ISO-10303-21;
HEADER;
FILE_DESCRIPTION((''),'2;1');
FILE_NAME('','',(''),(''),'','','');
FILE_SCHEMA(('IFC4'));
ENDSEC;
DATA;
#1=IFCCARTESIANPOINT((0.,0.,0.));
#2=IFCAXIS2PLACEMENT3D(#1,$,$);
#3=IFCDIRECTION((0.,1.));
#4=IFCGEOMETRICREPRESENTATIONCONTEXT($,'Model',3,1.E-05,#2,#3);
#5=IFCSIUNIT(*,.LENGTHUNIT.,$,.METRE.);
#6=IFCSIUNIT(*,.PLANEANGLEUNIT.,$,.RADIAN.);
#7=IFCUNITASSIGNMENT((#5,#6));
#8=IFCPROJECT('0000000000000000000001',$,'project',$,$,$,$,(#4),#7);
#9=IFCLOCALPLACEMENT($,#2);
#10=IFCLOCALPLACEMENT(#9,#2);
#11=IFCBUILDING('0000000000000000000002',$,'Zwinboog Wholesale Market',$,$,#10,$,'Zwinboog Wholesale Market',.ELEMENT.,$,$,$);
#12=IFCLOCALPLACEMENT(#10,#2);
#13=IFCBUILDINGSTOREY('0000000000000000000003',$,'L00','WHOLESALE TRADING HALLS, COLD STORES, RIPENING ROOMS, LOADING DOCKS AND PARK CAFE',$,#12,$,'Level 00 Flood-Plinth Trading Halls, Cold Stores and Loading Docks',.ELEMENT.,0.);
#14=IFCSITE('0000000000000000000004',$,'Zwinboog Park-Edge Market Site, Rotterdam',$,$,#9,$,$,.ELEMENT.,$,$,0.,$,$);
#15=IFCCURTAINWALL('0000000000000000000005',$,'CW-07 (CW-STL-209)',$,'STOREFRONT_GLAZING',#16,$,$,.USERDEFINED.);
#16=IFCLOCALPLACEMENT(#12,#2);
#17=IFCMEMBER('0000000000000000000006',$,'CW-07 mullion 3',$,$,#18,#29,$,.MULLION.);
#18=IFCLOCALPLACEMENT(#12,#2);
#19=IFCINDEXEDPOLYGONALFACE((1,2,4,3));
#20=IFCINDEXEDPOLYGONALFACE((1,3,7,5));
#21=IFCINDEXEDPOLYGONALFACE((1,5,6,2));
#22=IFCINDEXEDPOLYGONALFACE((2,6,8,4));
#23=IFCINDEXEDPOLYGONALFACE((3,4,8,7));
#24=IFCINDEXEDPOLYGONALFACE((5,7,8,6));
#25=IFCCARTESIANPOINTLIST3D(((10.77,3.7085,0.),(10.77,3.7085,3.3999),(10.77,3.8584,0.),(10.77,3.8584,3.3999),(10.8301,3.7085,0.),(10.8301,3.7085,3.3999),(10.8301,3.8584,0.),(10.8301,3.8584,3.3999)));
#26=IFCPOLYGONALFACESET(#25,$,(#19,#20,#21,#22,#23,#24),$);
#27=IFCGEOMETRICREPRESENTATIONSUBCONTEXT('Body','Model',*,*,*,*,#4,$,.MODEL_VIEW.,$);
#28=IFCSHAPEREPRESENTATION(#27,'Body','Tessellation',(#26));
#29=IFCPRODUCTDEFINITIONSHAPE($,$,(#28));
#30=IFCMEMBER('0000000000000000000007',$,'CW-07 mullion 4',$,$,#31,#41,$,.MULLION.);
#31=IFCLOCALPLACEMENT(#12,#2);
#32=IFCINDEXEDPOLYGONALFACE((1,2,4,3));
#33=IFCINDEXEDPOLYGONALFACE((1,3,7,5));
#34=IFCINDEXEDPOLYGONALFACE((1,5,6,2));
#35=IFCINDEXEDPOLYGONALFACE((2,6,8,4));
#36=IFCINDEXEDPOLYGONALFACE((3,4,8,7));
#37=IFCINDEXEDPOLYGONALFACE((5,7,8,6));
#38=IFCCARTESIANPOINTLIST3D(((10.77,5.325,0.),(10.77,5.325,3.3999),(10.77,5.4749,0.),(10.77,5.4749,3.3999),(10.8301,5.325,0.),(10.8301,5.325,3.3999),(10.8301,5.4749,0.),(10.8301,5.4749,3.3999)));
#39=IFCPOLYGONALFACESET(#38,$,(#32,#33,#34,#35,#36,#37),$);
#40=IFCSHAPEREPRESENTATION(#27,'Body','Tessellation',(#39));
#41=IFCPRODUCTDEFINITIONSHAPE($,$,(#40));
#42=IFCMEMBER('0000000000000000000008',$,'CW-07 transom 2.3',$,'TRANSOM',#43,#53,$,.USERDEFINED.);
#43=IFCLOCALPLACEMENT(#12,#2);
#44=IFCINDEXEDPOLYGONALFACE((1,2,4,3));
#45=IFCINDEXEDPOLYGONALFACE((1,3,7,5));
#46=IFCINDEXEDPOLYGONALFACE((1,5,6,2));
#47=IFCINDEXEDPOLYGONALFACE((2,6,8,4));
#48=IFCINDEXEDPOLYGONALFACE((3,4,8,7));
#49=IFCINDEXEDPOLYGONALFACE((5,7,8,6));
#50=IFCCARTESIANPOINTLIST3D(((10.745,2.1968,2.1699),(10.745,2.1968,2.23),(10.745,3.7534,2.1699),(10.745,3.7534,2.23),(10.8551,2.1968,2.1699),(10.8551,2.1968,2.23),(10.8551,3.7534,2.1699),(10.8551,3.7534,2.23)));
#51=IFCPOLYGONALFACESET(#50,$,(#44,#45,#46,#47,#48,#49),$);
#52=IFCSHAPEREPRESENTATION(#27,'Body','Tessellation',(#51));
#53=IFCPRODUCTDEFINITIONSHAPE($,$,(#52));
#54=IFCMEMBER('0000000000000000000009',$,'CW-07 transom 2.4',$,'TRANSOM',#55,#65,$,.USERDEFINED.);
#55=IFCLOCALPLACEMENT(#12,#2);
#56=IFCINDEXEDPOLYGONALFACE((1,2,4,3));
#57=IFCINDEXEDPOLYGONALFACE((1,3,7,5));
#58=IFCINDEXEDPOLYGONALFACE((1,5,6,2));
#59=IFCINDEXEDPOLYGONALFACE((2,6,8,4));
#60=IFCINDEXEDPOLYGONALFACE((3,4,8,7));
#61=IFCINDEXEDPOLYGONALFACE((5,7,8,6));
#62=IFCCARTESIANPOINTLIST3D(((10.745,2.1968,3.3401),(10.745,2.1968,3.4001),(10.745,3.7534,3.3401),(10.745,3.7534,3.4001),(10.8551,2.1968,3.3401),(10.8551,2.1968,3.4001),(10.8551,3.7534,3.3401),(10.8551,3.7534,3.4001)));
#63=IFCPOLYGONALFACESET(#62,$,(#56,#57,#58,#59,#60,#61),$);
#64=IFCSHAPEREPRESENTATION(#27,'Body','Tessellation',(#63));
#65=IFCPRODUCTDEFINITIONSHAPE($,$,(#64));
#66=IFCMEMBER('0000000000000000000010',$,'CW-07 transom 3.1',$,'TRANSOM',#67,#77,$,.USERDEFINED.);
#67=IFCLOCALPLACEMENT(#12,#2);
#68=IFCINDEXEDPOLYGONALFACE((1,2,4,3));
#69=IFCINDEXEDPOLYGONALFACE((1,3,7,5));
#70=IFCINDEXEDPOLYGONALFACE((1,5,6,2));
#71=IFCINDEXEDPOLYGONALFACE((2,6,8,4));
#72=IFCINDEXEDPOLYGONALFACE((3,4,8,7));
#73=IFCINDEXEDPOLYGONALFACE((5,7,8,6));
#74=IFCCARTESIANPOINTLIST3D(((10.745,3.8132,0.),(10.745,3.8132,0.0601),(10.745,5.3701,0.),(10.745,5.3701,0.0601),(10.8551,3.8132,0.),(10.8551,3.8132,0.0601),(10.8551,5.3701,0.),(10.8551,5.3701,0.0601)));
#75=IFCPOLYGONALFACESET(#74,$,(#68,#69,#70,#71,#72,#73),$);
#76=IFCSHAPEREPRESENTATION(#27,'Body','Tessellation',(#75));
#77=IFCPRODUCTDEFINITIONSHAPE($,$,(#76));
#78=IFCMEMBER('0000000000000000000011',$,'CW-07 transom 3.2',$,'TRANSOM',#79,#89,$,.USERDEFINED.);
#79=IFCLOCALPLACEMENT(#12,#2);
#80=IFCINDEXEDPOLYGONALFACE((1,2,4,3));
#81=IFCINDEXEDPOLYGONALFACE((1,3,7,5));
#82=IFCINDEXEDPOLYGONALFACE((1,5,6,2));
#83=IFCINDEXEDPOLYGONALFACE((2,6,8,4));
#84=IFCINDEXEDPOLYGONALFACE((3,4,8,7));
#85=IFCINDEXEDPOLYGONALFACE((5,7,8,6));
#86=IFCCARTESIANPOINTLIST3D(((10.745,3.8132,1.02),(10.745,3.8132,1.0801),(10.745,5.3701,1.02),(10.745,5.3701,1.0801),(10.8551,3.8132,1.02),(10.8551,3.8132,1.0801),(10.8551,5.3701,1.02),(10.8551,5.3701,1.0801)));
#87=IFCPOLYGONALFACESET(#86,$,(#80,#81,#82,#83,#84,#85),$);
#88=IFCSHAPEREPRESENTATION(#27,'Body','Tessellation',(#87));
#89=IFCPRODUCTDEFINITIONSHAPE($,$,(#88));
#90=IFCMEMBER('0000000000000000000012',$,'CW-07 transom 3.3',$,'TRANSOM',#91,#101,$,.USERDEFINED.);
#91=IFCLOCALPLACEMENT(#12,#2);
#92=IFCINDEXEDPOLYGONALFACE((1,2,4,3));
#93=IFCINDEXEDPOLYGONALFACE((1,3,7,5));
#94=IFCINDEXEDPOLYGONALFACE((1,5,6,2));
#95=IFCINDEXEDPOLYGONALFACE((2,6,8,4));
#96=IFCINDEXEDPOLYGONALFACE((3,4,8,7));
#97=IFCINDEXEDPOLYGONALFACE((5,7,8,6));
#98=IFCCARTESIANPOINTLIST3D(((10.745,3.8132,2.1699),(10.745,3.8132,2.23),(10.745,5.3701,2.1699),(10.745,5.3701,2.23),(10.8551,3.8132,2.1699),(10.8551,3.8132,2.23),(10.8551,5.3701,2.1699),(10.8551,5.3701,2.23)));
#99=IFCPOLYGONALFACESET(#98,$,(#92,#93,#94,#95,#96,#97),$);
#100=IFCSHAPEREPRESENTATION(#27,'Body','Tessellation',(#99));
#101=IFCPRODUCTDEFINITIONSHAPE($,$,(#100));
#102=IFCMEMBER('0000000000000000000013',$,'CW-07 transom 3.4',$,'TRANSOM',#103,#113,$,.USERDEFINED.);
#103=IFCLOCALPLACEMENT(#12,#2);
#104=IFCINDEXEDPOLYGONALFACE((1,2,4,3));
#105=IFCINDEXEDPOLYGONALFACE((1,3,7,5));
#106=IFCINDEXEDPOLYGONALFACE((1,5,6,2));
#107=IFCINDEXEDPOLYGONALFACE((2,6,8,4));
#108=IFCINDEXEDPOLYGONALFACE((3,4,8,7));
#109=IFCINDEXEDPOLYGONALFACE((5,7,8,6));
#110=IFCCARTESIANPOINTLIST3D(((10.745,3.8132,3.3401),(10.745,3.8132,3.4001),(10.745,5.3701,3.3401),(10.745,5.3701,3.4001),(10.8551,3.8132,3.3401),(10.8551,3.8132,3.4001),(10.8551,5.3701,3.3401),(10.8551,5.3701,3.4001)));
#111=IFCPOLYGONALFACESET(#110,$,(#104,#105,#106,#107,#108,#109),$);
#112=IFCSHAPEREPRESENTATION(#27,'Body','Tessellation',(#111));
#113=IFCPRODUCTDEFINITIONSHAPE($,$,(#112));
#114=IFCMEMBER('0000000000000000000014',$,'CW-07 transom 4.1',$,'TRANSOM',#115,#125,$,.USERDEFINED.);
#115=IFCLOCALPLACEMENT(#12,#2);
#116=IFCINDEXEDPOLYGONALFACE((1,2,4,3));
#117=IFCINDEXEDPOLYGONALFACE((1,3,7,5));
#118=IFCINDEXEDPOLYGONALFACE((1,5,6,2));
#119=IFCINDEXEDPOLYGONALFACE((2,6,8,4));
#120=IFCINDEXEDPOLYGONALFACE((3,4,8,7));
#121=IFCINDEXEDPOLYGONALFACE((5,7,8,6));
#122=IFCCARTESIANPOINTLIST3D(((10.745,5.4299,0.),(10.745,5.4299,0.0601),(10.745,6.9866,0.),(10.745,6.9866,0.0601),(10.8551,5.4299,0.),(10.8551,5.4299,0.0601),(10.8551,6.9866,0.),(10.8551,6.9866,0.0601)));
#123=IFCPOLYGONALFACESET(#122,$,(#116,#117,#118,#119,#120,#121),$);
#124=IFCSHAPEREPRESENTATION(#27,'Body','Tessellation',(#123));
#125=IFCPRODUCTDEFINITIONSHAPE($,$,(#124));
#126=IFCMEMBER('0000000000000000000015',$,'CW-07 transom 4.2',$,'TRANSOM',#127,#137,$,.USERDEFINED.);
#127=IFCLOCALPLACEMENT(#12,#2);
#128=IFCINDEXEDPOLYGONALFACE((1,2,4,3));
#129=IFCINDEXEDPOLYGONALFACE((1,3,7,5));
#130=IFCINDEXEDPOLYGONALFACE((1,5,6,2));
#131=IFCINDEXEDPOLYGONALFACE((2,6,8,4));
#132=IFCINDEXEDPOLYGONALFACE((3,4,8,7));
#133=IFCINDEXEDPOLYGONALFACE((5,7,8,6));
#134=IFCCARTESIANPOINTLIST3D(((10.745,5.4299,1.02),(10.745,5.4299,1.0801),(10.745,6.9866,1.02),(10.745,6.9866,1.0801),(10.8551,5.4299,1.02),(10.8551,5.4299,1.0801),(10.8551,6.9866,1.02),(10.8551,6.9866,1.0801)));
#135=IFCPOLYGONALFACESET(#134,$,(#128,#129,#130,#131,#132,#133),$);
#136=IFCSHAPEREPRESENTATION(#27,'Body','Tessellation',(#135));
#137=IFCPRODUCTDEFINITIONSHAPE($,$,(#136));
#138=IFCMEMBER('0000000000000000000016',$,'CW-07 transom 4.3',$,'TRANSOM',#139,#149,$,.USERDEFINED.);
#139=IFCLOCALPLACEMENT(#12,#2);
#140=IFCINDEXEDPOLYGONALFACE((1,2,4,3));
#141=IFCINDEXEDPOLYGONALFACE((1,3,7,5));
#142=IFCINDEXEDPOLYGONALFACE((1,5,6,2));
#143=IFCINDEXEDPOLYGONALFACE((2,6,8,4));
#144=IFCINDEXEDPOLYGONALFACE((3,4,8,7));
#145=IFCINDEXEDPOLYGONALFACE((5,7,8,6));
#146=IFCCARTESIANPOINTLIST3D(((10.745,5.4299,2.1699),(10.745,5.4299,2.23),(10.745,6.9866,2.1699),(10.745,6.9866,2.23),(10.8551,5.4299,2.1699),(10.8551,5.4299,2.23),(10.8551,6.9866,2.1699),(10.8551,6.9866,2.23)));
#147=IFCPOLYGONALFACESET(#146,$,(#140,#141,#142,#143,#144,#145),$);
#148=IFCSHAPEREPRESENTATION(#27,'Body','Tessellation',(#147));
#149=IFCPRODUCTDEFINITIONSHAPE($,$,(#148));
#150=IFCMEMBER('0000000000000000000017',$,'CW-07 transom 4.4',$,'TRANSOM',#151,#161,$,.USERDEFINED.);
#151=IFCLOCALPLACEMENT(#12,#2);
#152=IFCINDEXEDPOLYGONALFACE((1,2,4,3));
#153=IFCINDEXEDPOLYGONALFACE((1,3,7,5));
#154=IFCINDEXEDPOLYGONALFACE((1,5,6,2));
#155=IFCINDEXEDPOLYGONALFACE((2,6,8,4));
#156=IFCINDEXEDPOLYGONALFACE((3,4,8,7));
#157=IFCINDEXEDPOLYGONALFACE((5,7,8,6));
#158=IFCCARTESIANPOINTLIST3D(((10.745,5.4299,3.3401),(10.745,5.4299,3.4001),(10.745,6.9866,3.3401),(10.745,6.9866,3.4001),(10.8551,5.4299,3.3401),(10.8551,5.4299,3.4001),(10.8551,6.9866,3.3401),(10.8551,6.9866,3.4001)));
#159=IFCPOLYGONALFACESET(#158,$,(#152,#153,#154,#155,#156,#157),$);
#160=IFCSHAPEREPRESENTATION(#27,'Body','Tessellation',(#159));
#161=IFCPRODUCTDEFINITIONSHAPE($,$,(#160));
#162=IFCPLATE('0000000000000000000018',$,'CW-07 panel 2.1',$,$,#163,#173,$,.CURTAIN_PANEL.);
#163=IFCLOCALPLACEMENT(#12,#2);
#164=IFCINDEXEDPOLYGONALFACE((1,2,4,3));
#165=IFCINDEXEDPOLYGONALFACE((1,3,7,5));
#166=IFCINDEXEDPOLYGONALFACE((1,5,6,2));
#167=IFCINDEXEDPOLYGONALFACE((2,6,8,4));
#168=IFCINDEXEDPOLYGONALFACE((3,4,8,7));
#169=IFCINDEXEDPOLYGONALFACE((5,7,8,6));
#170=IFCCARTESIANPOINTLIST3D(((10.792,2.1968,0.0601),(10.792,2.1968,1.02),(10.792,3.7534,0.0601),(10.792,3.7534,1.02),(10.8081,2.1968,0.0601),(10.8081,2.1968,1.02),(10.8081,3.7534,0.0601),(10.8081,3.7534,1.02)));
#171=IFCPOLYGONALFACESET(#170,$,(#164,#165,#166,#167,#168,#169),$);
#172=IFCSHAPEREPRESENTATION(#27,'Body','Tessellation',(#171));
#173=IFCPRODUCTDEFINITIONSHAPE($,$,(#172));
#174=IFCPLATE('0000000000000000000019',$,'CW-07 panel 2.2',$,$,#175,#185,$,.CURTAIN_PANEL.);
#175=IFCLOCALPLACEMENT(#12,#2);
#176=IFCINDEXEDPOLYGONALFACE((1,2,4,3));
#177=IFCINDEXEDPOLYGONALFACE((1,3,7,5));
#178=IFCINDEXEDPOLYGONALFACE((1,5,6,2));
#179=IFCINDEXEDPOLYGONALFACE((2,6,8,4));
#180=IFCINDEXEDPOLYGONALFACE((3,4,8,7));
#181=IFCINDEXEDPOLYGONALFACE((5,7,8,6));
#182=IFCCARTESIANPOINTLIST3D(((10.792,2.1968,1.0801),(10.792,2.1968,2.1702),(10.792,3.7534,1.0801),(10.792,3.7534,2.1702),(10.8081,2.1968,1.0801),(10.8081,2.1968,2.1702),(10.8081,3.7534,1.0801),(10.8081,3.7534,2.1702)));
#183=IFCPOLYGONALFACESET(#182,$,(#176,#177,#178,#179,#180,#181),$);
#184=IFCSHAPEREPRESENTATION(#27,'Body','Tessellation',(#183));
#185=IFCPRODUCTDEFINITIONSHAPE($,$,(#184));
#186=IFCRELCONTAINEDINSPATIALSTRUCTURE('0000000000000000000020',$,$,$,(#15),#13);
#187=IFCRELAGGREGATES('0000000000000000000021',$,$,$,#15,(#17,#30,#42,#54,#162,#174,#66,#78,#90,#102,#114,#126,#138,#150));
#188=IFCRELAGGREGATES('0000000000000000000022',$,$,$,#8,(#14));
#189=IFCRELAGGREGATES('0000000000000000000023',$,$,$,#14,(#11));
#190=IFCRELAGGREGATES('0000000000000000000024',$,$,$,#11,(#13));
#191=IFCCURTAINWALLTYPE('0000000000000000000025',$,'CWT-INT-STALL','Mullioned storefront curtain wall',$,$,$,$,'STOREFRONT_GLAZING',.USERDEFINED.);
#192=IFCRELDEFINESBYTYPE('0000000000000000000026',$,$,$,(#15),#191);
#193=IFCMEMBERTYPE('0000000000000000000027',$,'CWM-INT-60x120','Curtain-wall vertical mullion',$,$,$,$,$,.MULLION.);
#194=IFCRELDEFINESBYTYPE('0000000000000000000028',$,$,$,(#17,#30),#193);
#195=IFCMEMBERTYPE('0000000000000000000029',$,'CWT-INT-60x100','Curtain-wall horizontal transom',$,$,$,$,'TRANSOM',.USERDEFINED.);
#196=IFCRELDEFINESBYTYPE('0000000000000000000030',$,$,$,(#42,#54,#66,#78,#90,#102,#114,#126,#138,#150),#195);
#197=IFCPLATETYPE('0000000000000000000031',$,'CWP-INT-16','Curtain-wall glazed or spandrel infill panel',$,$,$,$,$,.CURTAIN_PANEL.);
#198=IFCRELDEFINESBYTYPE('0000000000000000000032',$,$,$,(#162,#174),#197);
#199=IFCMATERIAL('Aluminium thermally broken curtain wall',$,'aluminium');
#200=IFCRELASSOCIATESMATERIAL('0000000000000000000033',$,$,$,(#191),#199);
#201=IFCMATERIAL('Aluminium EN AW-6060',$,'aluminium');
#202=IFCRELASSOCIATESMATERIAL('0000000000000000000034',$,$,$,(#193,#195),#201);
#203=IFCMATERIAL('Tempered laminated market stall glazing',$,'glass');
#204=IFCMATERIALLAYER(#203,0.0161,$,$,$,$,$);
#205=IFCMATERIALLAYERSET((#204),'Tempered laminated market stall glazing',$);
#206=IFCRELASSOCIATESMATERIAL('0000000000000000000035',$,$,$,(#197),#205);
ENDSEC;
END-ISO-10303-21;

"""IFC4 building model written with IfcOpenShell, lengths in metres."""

from ifc_helpers import new_model, si_unit, direction, frame, origin, origin_2d, place, context, subcontext, project, spatial, rectangle, extrude, material, layer, layer_set, material_profile, profile_set, type_object, element, aggregate, save


model = new_model("IFC4")

# Units and contexts
model_context = context("Model", 3, precision=1e-05, world=origin(), true_north=direction((0.0, 1.0)))
body_context = subcontext(model_context, "Body", "Model", "MODEL_VIEW")
ifc_project = project(units=[si_unit("LENGTHUNIT", "METRE"), si_unit("PLANEANGLEUNIT", "RADIAN")], contexts=[model_context])

# Site, building, storey
site_placement = place(None, origin())
site = spatial("IfcSite", under=ifc_project, at=site_placement, Name="Zwinboog Park-Edge Market Site, Rotterdam", CompositionType="ELEMENT", RefElevation=0.0)
building_placement = place(site_placement, origin())
building = spatial("IfcBuilding", under=site, at=building_placement, Name="Zwinboog Wholesale Market", LongName="Zwinboog Wholesale Market", CompositionType="ELEMENT")
storey_placement = place(building_placement, origin())
storey = spatial("IfcBuildingStorey", under=building, at=storey_placement, Name="L00", Description="WHOLESALE TRADING HALLS, COLD STORES, RIPENING ROOMS, LOADING DOCKS AND PARK CAFE", LongName="Level 00 Flood-Plinth Trading Halls, Cold Stores and Loading Docks", CompositionType="ELEMENT", Elevation=0.0)

# Curtain wall, members, plates
ifc_material_1 = material(Name="Aluminium thermally broken curtain wall", Category="aluminium")
curtain_wall_type = type_object("IfcCurtainWallType", Name="CWT-INT-STALL", Description="Mullioned storefront curtain wall", ElementType="STOREFRONT_GLAZING", PredefinedType="USERDEFINED", material=ifc_material_1)
curtain_wall_placement = place(storey_placement, origin())
curtain_wall = element("IfcCurtainWall", 1, at=curtain_wall_placement, inside=storey, type_object=curtain_wall_type, Name="CW-07 (CW-STL-209)", ObjectType="STOREFRONT_GLAZING", PredefinedType="USERDEFINED")
ifc_material_2 = material(Name="Aluminium EN AW-6060", Category="aluminium")
ifc_material_profile_1 = material_profile(ifc_material_2, rectangle(XDim=0.0601, YDim=0.1499, at=origin_2d()), Name="AL 60x150")
ifc_profile_set_1 = profile_set([ifc_material_profile_1], Name="Aluminium EN AW-6060")
member_type_1 = type_object("IfcMemberType", Name="CWM-INT-60x120", Description="Curtain-wall vertical mullion", PredefinedType="MULLION", material=ifc_profile_set_1)
member_1_placement = place(storey_placement, frame((10.8, 3.7834, 0.0), z_axis=(0.0, 0.0, 1.0), x_axis=(-1.0, 0.0, 0.0)))
member_1 = element("IfcMember", 2, at=member_1_placement, type_object=member_type_1, Name="CW-07 mullion 3", PredefinedType="MULLION", context=body_context, shape_type="SweptSolid", body=[
    extrude(rectangle(XDim=0.0601, YDim=0.1499, at=origin_2d()), origin(), (0.0, 0.0, 1.0), 3.3999),
])
member_2_placement = place(storey_placement, frame((10.8, 5.3999, 0.0), z_axis=(0.0, 0.0, 1.0), x_axis=(-1.0, 0.0, 0.0)))
member_2 = element("IfcMember", 3, at=member_2_placement, type_object=member_type_1, Name="CW-07 mullion 4", PredefinedType="MULLION", context=body_context, shape_type="SweptSolid", body=[
    extrude(rectangle(XDim=0.0601, YDim=0.1499, at=origin_2d()), origin(), (0.0, 0.0, 1.0), 3.3999),
])
ifc_material_profile_2 = material_profile(ifc_material_2, rectangle(XDim=0.1101, YDim=0.0601, at=origin_2d()), Name="AL 60x110")
ifc_profile_set_2 = profile_set([ifc_material_profile_2], Name="Aluminium EN AW-6060")
member_type_2 = type_object("IfcMemberType", Name="CWT-INT-60x100", Description="Curtain-wall horizontal transom", ElementType="TRANSOM", PredefinedType="USERDEFINED", material=ifc_profile_set_2)
member_3_placement = place(storey_placement, frame((10.8, 2.1968, 2.2), z_axis=(0.0, 1.0, 0.0), x_axis=(-1.0, 0.0, 0.0)))
member_3 = element("IfcMember", 4, at=member_3_placement, type_object=member_type_2, Name="CW-07 transom 2.3", ObjectType="TRANSOM", PredefinedType="USERDEFINED", context=body_context, shape_type="SweptSolid", body=[
    extrude(rectangle(XDim=0.1101, YDim=0.0601, at=origin_2d()), origin(), (0.0, 0.0, 1.0), 1.5566),
])
member_4_placement = place(storey_placement, frame((10.8, 2.1968, 3.3701), z_axis=(0.0, 1.0, 0.0), x_axis=(-1.0, 0.0, 0.0)))
member_4 = element("IfcMember", 5, at=member_4_placement, type_object=member_type_2, Name="CW-07 transom 2.4", ObjectType="TRANSOM", PredefinedType="USERDEFINED", context=body_context, shape_type="SweptSolid", body=[
    extrude(rectangle(XDim=0.1101, YDim=0.0601, at=origin_2d()), origin(), (0.0, 0.0, 1.0), 1.5566),
])
member_5_placement = place(storey_placement, frame((10.8, 3.8132, 0.03), z_axis=(0.0, 1.0, 0.0), x_axis=(-1.0, 0.0, 0.0)))
member_5 = element("IfcMember", 6, at=member_5_placement, type_object=member_type_2, Name="CW-07 transom 3.1", ObjectType="TRANSOM", PredefinedType="USERDEFINED", context=body_context, shape_type="SweptSolid", body=[
    extrude(rectangle(XDim=0.1101, YDim=0.0601, at=origin_2d()), origin(), (0.0, 0.0, 1.0), 1.5569),
])
member_6_placement = place(storey_placement, frame((10.8, 3.8132, 1.05), z_axis=(0.0, 1.0, 0.0), x_axis=(-1.0, 0.0, 0.0)))
member_6 = element("IfcMember", 7, at=member_6_placement, type_object=member_type_2, Name="CW-07 transom 3.2", ObjectType="TRANSOM", PredefinedType="USERDEFINED", context=body_context, shape_type="SweptSolid", body=[
    extrude(rectangle(XDim=0.1101, YDim=0.0601, at=origin_2d()), origin(), (0.0, 0.0, 1.0), 1.5569),
])
member_7_placement = place(storey_placement, frame((10.8, 3.8132, 2.2), z_axis=(0.0, 1.0, 0.0), x_axis=(-1.0, 0.0, 0.0)))
member_7 = element("IfcMember", 8, at=member_7_placement, type_object=member_type_2, Name="CW-07 transom 3.3", ObjectType="TRANSOM", PredefinedType="USERDEFINED", context=body_context, shape_type="SweptSolid", body=[
    extrude(rectangle(XDim=0.1101, YDim=0.0601, at=origin_2d()), origin(), (0.0, 0.0, 1.0), 1.5569),
])
member_8_placement = place(storey_placement, frame((10.8, 3.8132, 3.3701), z_axis=(0.0, 1.0, 0.0), x_axis=(-1.0, 0.0, 0.0)))
member_8 = element("IfcMember", 9, at=member_8_placement, type_object=member_type_2, Name="CW-07 transom 3.4", ObjectType="TRANSOM", PredefinedType="USERDEFINED", context=body_context, shape_type="SweptSolid", body=[
    extrude(rectangle(XDim=0.1101, YDim=0.0601, at=origin_2d()), origin(), (0.0, 0.0, 1.0), 1.5569),
])
member_9_placement = place(storey_placement, frame((10.8, 5.4299, 0.03), z_axis=(0.0, 1.0, 0.0), x_axis=(-1.0, 0.0, 0.0)))
member_9 = element("IfcMember", 10, at=member_9_placement, type_object=member_type_2, Name="CW-07 transom 4.1", ObjectType="TRANSOM", PredefinedType="USERDEFINED", context=body_context, shape_type="SweptSolid", body=[
    extrude(rectangle(XDim=0.1101, YDim=0.0601, at=origin_2d()), origin(), (0.0, 0.0, 1.0), 1.5566),
])
member_10_placement = place(storey_placement, frame((10.8, 5.4299, 1.05), z_axis=(0.0, 1.0, 0.0), x_axis=(-1.0, 0.0, 0.0)))
member_10 = element("IfcMember", 11, at=member_10_placement, type_object=member_type_2, Name="CW-07 transom 4.2", ObjectType="TRANSOM", PredefinedType="USERDEFINED", context=body_context, shape_type="SweptSolid", body=[
    extrude(rectangle(XDim=0.1101, YDim=0.0601, at=origin_2d()), origin(), (0.0, 0.0, 1.0), 1.5566),
])
member_11_placement = place(storey_placement, frame((10.8, 5.4299, 2.2), z_axis=(0.0, 1.0, 0.0), x_axis=(-1.0, 0.0, 0.0)))
member_11 = element("IfcMember", 12, at=member_11_placement, type_object=member_type_2, Name="CW-07 transom 4.3", ObjectType="TRANSOM", PredefinedType="USERDEFINED", context=body_context, shape_type="SweptSolid", body=[
    extrude(rectangle(XDim=0.1101, YDim=0.0601, at=origin_2d()), origin(), (0.0, 0.0, 1.0), 1.5566),
])
member_12_placement = place(storey_placement, frame((10.8, 5.4299, 3.3701), z_axis=(0.0, 1.0, 0.0), x_axis=(-1.0, 0.0, 0.0)))
member_12 = element("IfcMember", 13, at=member_12_placement, type_object=member_type_2, Name="CW-07 transom 4.4", ObjectType="TRANSOM", PredefinedType="USERDEFINED", context=body_context, shape_type="SweptSolid", body=[
    extrude(rectangle(XDim=0.1101, YDim=0.0601, at=origin_2d()), origin(), (0.0, 0.0, 1.0), 1.5566),
])
ifc_material_3 = material(Name="Tempered laminated market stall glazing", Category="glass")
ifc_layer = layer(ifc_material_3, 0.0161)
ifc_layer_set = layer_set([ifc_layer], Name="Tempered laminated market stall glazing")
plate_type = type_object("IfcPlateType", Name="CWP-INT-16", Description="Curtain-wall glazed or spandrel infill panel", PredefinedType="CURTAIN_PANEL", material=ifc_layer_set)
plate_1_placement = place(storey_placement, frame((10.8, 2.9751, 0.0601), z_axis=(0.0, 0.0, 1.0), x_axis=(0.0, 1.0, 0.0)))
plate_1 = element("IfcPlate", 14, at=plate_1_placement, type_object=plate_type, Name="CW-07 panel 2.1", PredefinedType="CURTAIN_PANEL", context=body_context, shape_type="SweptSolid", body=[
    extrude(rectangle(XDim=1.5566, YDim=0.0161, at=origin_2d()), origin(), (0.0, 0.0, 1.0), 0.96),
])
plate_2_placement = place(storey_placement, frame((10.8, 2.9751, 1.0801), z_axis=(0.0, 0.0, 1.0), x_axis=(0.0, 1.0, 0.0)))
plate_2 = element("IfcPlate", 15, at=plate_2_placement, type_object=plate_type, Name="CW-07 panel 2.2", PredefinedType="CURTAIN_PANEL", context=body_context, shape_type="SweptSolid", body=[
    extrude(rectangle(XDim=1.5566, YDim=0.0161, at=origin_2d()), origin(), (0.0, 0.0, 1.0), 1.0901),
])
aggregate(curtain_wall, [member_1, member_2, member_3, member_4, plate_1, plate_2, member_5, member_6, member_7, member_8, member_9, member_10, member_11, member_12])

save(model, "model.ifc")
